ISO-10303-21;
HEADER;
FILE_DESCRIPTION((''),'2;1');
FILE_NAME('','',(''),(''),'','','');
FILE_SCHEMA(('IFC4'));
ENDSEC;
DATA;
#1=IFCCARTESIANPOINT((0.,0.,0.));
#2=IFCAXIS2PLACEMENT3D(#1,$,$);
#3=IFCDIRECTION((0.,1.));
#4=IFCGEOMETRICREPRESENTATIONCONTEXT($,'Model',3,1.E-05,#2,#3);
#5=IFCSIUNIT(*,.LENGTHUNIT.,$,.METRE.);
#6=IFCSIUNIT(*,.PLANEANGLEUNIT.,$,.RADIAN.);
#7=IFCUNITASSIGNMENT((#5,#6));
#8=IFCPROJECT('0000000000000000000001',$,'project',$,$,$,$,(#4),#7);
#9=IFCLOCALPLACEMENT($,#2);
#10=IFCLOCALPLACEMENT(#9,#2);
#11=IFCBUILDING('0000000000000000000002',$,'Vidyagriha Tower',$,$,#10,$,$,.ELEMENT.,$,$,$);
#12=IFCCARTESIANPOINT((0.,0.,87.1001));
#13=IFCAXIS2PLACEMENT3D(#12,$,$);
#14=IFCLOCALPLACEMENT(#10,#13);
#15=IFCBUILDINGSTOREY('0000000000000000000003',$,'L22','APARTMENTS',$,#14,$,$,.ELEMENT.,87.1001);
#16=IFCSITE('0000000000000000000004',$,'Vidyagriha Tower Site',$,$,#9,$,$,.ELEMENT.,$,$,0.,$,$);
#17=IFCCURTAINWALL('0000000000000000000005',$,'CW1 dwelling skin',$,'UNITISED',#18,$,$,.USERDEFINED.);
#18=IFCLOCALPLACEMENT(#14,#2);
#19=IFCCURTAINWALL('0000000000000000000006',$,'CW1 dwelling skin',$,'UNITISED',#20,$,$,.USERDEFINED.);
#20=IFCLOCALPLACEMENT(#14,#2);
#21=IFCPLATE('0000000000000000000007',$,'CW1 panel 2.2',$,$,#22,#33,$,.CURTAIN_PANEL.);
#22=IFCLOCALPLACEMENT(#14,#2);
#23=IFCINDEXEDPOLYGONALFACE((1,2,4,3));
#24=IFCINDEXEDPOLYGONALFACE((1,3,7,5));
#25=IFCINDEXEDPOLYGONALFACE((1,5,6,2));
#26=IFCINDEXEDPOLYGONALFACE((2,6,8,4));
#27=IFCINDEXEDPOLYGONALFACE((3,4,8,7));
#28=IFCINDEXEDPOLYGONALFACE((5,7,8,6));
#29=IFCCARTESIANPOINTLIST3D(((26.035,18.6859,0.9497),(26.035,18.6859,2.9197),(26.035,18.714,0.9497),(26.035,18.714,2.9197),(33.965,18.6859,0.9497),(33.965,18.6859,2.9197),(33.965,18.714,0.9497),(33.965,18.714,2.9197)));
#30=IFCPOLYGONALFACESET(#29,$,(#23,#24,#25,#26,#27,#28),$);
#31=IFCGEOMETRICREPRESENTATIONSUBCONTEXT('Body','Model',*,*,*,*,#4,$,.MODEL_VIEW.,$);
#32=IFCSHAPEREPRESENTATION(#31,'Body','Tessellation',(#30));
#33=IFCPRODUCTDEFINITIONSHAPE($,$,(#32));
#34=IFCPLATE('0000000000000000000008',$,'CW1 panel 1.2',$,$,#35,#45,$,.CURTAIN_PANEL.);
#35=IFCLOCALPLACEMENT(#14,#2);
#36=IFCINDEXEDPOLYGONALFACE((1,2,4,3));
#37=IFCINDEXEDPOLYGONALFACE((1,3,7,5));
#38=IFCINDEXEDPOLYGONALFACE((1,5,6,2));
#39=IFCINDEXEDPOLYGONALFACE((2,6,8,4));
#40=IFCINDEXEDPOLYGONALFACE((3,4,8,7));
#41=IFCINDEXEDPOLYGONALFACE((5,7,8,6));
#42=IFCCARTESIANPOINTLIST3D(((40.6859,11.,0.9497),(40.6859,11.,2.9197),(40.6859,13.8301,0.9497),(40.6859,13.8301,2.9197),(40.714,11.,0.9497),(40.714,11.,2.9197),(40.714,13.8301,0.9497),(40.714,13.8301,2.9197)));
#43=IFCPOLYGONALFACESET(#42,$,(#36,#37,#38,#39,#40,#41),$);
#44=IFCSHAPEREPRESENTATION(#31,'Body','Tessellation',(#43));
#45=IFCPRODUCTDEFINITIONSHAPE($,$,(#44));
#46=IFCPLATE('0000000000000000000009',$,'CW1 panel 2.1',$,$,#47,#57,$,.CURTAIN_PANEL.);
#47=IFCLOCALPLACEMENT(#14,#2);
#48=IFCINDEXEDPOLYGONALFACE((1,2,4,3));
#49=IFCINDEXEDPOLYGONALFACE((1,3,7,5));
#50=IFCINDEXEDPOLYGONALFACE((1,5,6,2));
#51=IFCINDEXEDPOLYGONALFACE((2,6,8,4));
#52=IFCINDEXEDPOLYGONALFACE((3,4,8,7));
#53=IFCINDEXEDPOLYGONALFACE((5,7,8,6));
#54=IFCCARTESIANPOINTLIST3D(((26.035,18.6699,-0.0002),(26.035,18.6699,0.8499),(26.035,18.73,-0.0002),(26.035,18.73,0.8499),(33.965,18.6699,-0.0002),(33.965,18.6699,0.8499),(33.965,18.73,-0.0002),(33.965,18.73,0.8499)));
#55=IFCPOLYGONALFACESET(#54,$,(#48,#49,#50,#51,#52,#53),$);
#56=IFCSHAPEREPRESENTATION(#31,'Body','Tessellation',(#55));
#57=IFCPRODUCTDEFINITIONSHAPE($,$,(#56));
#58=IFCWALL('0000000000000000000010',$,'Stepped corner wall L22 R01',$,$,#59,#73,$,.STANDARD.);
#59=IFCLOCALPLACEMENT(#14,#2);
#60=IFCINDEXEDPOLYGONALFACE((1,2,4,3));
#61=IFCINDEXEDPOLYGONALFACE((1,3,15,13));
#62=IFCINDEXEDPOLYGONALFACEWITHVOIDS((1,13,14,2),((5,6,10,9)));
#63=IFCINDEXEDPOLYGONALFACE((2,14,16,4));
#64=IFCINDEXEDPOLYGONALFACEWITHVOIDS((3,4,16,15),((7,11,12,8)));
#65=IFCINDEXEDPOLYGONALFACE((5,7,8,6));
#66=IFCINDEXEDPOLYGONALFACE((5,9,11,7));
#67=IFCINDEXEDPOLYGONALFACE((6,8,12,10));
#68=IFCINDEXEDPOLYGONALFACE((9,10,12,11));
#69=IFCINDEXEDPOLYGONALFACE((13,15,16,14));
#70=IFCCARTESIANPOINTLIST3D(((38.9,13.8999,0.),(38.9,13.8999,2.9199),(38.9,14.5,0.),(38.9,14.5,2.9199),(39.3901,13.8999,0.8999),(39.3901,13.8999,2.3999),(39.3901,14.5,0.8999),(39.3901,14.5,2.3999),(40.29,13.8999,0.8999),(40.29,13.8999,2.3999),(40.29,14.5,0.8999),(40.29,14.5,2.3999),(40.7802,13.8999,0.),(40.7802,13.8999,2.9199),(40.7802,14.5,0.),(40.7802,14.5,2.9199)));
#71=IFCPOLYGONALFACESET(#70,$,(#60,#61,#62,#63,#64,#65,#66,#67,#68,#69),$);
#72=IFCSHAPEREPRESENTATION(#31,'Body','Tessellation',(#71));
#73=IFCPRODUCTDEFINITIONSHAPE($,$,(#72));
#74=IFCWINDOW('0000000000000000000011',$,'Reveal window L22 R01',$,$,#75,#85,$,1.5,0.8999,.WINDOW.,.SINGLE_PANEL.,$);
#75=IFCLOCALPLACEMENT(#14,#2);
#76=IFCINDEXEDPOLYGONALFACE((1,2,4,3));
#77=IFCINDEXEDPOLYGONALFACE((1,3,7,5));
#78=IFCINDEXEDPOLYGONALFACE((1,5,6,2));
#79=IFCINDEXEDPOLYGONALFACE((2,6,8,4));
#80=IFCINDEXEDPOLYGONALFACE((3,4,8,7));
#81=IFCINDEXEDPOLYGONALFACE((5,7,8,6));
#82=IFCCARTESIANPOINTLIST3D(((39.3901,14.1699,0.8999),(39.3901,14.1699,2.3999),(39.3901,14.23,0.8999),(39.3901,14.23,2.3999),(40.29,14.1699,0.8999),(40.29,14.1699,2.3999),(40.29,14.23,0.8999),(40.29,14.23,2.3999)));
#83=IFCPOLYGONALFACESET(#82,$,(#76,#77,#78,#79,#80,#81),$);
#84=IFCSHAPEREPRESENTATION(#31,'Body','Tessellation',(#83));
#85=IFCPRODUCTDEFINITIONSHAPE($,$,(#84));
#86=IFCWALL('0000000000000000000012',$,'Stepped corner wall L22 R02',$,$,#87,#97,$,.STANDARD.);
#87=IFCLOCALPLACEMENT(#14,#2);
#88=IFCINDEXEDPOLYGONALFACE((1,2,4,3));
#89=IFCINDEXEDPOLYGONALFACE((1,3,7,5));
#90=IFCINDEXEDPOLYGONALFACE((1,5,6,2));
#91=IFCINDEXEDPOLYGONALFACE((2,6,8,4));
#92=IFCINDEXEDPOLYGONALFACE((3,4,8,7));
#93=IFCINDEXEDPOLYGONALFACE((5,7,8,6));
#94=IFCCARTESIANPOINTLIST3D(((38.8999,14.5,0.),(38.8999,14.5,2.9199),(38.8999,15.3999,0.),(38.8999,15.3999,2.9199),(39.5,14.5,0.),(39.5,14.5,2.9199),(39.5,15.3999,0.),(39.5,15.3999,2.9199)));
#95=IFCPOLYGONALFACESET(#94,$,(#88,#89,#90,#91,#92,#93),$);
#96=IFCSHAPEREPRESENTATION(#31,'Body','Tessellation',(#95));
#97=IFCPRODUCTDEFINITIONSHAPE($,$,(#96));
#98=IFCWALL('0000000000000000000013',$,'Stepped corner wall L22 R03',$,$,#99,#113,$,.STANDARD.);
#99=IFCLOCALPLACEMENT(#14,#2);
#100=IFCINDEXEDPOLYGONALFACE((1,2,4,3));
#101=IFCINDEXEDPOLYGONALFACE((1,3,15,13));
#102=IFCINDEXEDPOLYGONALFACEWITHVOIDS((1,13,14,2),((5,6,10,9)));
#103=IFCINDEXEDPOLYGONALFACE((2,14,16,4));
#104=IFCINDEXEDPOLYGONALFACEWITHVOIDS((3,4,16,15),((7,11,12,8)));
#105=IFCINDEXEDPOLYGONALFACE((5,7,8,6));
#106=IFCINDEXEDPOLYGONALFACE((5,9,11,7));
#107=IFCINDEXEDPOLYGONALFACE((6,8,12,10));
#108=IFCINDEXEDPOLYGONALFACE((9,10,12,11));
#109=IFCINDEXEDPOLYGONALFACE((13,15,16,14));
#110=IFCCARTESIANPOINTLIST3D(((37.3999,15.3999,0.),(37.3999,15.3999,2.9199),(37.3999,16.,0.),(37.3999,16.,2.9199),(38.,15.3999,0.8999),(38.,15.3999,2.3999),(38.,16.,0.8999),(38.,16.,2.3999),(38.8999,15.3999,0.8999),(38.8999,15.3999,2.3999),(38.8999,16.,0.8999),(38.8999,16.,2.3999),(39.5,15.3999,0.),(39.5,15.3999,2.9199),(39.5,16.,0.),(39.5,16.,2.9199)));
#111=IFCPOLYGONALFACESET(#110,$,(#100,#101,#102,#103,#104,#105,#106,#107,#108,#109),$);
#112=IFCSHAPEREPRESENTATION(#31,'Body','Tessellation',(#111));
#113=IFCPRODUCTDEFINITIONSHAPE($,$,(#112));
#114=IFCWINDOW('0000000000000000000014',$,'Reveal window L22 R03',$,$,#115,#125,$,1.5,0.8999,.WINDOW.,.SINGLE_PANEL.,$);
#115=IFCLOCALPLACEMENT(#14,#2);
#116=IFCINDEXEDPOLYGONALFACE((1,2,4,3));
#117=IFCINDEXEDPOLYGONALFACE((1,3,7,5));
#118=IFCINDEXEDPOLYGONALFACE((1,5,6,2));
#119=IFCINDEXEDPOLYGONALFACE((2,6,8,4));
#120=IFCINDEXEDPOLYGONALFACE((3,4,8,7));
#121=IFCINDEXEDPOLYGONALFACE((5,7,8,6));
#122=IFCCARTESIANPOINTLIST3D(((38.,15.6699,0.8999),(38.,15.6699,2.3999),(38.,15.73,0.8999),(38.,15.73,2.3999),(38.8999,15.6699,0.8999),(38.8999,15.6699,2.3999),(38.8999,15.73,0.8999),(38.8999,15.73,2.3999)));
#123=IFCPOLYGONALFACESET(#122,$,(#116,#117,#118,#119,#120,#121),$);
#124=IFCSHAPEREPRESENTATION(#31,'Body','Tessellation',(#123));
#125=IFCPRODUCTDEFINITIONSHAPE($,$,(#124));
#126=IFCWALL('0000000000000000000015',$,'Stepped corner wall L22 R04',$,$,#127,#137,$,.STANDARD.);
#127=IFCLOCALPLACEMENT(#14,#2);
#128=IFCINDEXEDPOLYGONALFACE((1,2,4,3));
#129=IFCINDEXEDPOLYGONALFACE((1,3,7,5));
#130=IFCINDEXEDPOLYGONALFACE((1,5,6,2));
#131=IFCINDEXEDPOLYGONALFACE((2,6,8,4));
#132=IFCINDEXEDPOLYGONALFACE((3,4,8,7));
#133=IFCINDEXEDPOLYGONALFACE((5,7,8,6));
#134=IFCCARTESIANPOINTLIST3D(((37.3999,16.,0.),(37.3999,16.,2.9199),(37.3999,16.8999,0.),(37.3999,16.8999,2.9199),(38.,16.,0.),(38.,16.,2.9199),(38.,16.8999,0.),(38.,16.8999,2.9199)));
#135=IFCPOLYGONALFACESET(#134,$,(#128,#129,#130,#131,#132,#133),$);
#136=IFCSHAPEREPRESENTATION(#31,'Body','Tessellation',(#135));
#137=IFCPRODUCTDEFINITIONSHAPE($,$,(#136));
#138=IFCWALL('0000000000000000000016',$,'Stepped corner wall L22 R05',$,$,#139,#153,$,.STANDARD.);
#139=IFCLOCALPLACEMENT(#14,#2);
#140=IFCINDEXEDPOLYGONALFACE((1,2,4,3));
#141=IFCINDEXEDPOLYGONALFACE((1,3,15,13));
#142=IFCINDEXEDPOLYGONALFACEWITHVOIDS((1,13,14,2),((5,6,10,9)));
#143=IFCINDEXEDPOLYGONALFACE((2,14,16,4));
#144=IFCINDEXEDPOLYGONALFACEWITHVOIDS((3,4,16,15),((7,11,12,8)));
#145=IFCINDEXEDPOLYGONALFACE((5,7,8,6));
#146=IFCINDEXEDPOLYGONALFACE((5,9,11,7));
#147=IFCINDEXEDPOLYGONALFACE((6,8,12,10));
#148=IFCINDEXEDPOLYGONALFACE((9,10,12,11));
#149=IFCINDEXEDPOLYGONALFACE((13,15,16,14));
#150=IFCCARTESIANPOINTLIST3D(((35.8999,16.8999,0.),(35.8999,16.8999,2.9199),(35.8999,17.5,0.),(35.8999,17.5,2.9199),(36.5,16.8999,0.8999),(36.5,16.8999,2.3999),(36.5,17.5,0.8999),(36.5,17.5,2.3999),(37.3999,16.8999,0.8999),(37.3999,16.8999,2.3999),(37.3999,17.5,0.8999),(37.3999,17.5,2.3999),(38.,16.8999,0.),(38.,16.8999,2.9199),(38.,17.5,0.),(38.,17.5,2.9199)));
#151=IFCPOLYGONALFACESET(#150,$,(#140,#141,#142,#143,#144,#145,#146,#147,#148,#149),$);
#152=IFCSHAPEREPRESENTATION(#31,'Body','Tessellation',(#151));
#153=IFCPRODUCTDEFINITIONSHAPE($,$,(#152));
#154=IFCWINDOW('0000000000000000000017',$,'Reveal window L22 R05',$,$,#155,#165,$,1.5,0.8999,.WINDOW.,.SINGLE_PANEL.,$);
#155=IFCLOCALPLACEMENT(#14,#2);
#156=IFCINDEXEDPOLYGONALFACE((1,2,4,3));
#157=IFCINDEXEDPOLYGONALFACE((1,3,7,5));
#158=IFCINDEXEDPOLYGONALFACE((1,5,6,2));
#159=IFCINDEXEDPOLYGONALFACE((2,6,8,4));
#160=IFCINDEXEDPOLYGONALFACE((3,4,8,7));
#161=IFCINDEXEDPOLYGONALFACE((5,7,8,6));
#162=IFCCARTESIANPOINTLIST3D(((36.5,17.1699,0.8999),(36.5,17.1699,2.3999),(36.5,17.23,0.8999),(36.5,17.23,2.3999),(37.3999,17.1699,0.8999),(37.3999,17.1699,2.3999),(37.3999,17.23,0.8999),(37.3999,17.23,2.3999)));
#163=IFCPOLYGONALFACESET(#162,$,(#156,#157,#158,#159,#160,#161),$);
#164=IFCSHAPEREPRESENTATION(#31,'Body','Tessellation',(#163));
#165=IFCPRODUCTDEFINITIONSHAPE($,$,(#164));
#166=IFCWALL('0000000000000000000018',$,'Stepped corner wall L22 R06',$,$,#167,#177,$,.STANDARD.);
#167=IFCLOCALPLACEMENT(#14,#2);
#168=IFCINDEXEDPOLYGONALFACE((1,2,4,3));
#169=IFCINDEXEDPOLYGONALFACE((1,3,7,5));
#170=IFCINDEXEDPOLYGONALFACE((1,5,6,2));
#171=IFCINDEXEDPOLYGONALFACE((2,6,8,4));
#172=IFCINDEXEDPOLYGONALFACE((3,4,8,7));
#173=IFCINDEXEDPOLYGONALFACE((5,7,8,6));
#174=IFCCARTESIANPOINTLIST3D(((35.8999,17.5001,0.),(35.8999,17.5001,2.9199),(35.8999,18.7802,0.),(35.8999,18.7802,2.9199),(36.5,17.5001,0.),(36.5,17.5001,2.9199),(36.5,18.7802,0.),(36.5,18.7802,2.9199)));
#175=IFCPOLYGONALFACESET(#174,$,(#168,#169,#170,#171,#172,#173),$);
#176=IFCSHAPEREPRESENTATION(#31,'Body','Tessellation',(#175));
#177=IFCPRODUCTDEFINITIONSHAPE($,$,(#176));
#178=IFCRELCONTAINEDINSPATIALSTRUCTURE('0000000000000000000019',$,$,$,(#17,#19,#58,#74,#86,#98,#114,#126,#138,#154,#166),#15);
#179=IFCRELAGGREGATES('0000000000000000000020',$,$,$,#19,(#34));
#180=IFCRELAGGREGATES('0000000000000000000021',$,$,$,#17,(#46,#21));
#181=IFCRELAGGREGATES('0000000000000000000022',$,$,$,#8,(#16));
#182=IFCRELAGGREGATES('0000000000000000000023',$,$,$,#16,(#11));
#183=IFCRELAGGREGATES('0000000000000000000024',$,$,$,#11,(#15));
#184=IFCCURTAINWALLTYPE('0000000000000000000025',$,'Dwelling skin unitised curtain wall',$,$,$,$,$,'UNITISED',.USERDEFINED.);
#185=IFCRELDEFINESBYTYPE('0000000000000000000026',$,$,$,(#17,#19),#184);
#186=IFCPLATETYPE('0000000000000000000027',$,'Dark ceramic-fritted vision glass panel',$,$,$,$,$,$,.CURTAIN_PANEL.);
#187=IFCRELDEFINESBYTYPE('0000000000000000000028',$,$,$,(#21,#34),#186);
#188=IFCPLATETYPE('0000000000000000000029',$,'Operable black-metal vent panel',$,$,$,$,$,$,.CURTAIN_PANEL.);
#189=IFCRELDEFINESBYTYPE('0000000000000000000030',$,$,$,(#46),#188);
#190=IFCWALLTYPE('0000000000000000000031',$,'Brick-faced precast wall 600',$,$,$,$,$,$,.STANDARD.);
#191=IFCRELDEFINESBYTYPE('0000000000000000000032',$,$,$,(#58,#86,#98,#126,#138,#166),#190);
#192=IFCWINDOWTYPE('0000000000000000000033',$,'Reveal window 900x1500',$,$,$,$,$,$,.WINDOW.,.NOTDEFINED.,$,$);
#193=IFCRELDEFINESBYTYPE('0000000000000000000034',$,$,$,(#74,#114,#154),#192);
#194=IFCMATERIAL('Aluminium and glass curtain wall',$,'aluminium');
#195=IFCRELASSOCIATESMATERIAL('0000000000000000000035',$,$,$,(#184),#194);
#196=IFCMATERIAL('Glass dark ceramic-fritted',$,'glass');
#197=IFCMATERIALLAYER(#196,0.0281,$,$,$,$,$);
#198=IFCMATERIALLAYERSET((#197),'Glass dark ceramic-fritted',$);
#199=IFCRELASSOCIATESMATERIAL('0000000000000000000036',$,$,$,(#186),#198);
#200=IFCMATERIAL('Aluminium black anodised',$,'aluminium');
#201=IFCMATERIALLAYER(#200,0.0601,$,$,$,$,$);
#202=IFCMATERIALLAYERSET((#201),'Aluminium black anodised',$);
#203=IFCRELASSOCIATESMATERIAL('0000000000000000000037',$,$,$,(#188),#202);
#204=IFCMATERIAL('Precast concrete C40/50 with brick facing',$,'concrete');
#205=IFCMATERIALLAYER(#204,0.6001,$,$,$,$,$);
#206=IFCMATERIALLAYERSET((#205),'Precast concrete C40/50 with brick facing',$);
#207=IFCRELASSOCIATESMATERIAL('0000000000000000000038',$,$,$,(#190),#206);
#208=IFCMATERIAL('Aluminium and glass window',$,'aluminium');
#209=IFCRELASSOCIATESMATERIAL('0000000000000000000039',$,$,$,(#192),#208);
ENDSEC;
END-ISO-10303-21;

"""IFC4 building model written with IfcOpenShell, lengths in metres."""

from ifc_helpers import new_model, si_unit, direction, frame, frame_2d, origin, origin_2d, place, context, subcontext, project, spatial, rectangle, extrude, material, layer, layer_set, type_object, element, fill, aggregate, save


model = new_model("IFC4")

# Units and contexts
model_context = context("Model", 3, precision=1e-05, world=origin(), true_north=direction((0.0, 1.0)))
body_context = subcontext(model_context, "Body", "Model", "MODEL_VIEW")
ifc_project = project(units=[si_unit("LENGTHUNIT", "METRE"), si_unit("PLANEANGLEUNIT", "RADIAN")], contexts=[model_context])

# Site, building, storey
site_placement = place(None, origin())
site = spatial("IfcSite", under=ifc_project, at=site_placement, Name="Vidyagriha Tower Site", CompositionType="ELEMENT", RefElevation=0.0)
building_placement = place(site_placement, origin())
building = spatial("IfcBuilding", under=site, at=building_placement, Name="Vidyagriha Tower", CompositionType="ELEMENT")
storey_placement = place(building_placement, frame((0.0, 0.0, 87.1001)))
storey = spatial("IfcBuildingStorey", under=building, at=storey_placement, Name="L22", Description="APARTMENTS", CompositionType="ELEMENT", Elevation=87.1001)

# Curtain wall
ifc_material_1 = material(Name="Aluminium and glass curtain wall", Category="aluminium")
curtain_wall_type = type_object("IfcCurtainWallType", Name="Dwelling skin unitised curtain wall", ElementType="UNITISED", PredefinedType="USERDEFINED", material=ifc_material_1)
curtain_wall_1_placement = place(storey_placement, origin())
curtain_wall_1 = element("IfcCurtainWall", 1, at=curtain_wall_1_placement, inside=storey, type_object=curtain_wall_type, Name="CW1 dwelling skin", ObjectType="UNITISED", PredefinedType="USERDEFINED")

# Curtain wall
curtain_wall_2_placement = place(storey_placement, origin())
curtain_wall_2 = element("IfcCurtainWall", 2, at=curtain_wall_2_placement, inside=storey, type_object=curtain_wall_type, Name="CW1 dwelling skin", ObjectType="UNITISED", PredefinedType="USERDEFINED")

# Plates
ifc_material_2 = material(Name="Glass dark ceramic-fritted", Category="glass")
ifc_layer_1 = layer(ifc_material_2, 0.0281)
ifc_layer_set_1 = layer_set([ifc_layer_1], Name="Glass dark ceramic-fritted")
plate_type_1 = type_object("IfcPlateType", Name="Dark ceramic-fritted vision glass panel", PredefinedType="CURTAIN_PANEL", material=ifc_layer_set_1)
plate_1_placement = place(storey_placement, frame((30.0, 18.7, 0.9497), z_axis=(0.0, 0.0, 1.0), x_axis=(-1.0, 0.0, 0.0)))
plate_1 = element("IfcPlate", 3, at=plate_1_placement, type_object=plate_type_1, Name="CW1 panel 2.2", PredefinedType="CURTAIN_PANEL", context=body_context, shape_type="SweptSolid", body=[
    extrude(rectangle(XDim=7.9299, YDim=0.0281, at=origin_2d()), origin(), (0.0, 0.0, 1.0), 1.97),
])
plate_2_placement = place(storey_placement, frame((40.7, 12.415, 0.9497), z_axis=(0.0, 0.0, 1.0), x_axis=(0.0, 1.0, 0.0)))
plate_2 = element("IfcPlate", 4, at=plate_2_placement, type_object=plate_type_1, Name="CW1 panel 1.2", PredefinedType="CURTAIN_PANEL", context=body_context, shape_type="SweptSolid", body=[
    extrude(rectangle(XDim=2.8301, YDim=0.0281, at=origin_2d()), origin(), (0.0, 0.0, 1.0), 1.97),
])
aggregate(curtain_wall_2, [plate_2])
ifc_material_3 = material(Name="Aluminium black anodised", Category="aluminium")
ifc_layer_2 = layer(ifc_material_3, 0.0601)
ifc_layer_set_2 = layer_set([ifc_layer_2], Name="Aluminium black anodised")
plate_type_2 = type_object("IfcPlateType", Name="Operable black-metal vent panel", PredefinedType="CURTAIN_PANEL", material=ifc_layer_set_2)
plate_3_placement = place(storey_placement, frame((30.0, 18.7, -0.0002), z_axis=(0.0, 0.0, 1.0), x_axis=(-1.0, 0.0, 0.0)))
plate_3 = element("IfcPlate", 5, at=plate_3_placement, type_object=plate_type_2, Name="CW1 panel 2.1", PredefinedType="CURTAIN_PANEL", context=body_context, shape_type="SweptSolid", body=[
    extrude(rectangle(XDim=7.9299, YDim=0.0601, at=origin_2d()), origin(), (0.0, 0.0, 1.0), 0.8501),
])
aggregate(curtain_wall_1, [plate_3, plate_1])

# Wall, opening, window
ifc_material_4 = material(Name="Precast concrete C40/50 with brick facing", Category="concrete")
ifc_layer_3 = layer(ifc_material_4, 0.6001)
ifc_layer_set_3 = layer_set([ifc_layer_3], Name="Precast concrete C40/50 with brick facing")
wall_type_1 = type_object("IfcWallType", Name="Brick-faced precast wall 600", PredefinedType="STANDARD", material=ifc_layer_set_3)
wall_1_placement = place(storey_placement, frame((40.78, 14.2, 0.0), z_axis=(0.0, 0.0, 1.0), x_axis=(-1.0, 0.0, 0.0)))
wall_1 = element("IfcWall", 6, at=wall_1_placement, inside=storey, type_object=wall_type_1, Name="Stepped corner wall L22 R01", PredefinedType="STANDARD", context=body_context, shape_type="SweptSolid", body=[
    extrude(rectangle(XDim=1.8801, YDim=0.6001, at=frame_2d((0.9399, 0.0))), origin(), (0.0, 0.0, 1.0), 2.9199),
])
opening_1_placement = place(wall_1_placement, frame((0.49, 0.0, 0.8999)))
opening_1 = element("IfcOpeningElement", 7, at=opening_1_placement, cuts=wall_1, PredefinedType="OPENING", context=body_context, shape_type="SweptSolid", body=[
    extrude(rectangle(XDim=0.8999, YDim=1.5, at=frame_2d((0.45, 0.75))), frame((0.0, 0.3101, 0.0), z_axis=(0.0, -1.0, 0.0), x_axis=(1.0, 0.0, 0.0)), (0.0, 0.0, 1.0), 0.6201),
])
ifc_material_5 = material(Name="Aluminium and glass window", Category="aluminium")
window_type = type_object("IfcWindowType", Name="Reveal window 900x1500", PartitioningType="NOTDEFINED", PredefinedType="WINDOW", material=ifc_material_5)
window_1_placement = place(opening_1_placement, origin())
window_1 = element("IfcWindow", 8, at=window_1_placement, inside=storey, type_object=window_type, Name="Reveal window L22 R01", OverallHeight=1.5, OverallWidth=0.8999, PartitioningType="SINGLE_PANEL", PredefinedType="WINDOW", context=body_context, shape_type="SweptSolid", body=[
    extrude(rectangle(XDim=0.8999, YDim=1.5, at=frame_2d((0.45, 0.75))), frame((0.0, 0.03, 0.0), z_axis=(0.0, -1.0, 0.0), x_axis=(1.0, 0.0, 0.0)), (0.0, 0.0, 1.0), 0.0601),
])
fill(opening_1, window_1)

# Wall
wall_2_placement = place(storey_placement, frame((39.2, 14.5, 0.0), z_axis=(0.0, 0.0, 1.0), x_axis=(0.0, 1.0, 0.0)))
element("IfcWall", 9, at=wall_2_placement, inside=storey, type_object=wall_type_1, Name="Stepped corner wall L22 R02", PredefinedType="STANDARD", context=body_context, shape_type="SweptSolid", body=[
    extrude(rectangle(XDim=0.8999, YDim=0.6001, at=frame_2d((0.45, 0.0))), origin(), (0.0, 0.0, 1.0), 2.9199),
])

# Wall, opening, window
wall_3_placement = place(storey_placement, frame((39.5, 15.7, 0.0), z_axis=(0.0, 0.0, 1.0), x_axis=(-1.0, 0.0, 0.0)))
wall_3 = element("IfcWall", 10, at=wall_3_placement, inside=storey, type_object=wall_type_1, Name="Stepped corner wall L22 R03", PredefinedType="STANDARD", context=body_context, shape_type="SweptSolid", body=[
    extrude(rectangle(XDim=2.1001, YDim=0.6001, at=frame_2d((1.05, 0.0))), origin(), (0.0, 0.0, 1.0), 2.9199),
])
opening_2_placement = place(wall_3_placement, frame((0.6001, 0.0, 0.8999)))
opening_2 = element("IfcOpeningElement", 11, at=opening_2_placement, cuts=wall_3, PredefinedType="OPENING", context=body_context, shape_type="SweptSolid", body=[
    extrude(rectangle(XDim=0.8999, YDim=1.5, at=frame_2d((0.45, 0.75))), frame((0.0, 0.3101, 0.0), z_axis=(0.0, -1.0, 0.0), x_axis=(1.0, 0.0, 0.0)), (0.0, 0.0, 1.0), 0.6201),
])
window_2_placement = place(opening_2_placement, origin())
window_2 = element("IfcWindow", 12, at=window_2_placement, inside=storey, type_object=window_type, Name="Reveal window L22 R03", OverallHeight=1.5, OverallWidth=0.8999, PartitioningType="SINGLE_PANEL", PredefinedType="WINDOW", context=body_context, shape_type="SweptSolid", body=[
    extrude(rectangle(XDim=0.8999, YDim=1.5, at=frame_2d((0.45, 0.75))), frame((0.0, 0.03, 0.0), z_axis=(0.0, -1.0, 0.0), x_axis=(1.0, 0.0, 0.0)), (0.0, 0.0, 1.0), 0.0601),
])
fill(opening_2, window_2)

# Wall
wall_4_placement = place(storey_placement, frame((37.7, 16.0, 0.0), z_axis=(0.0, 0.0, 1.0), x_axis=(0.0, 1.0, 0.0)))
element("IfcWall", 13, at=wall_4_placement, inside=storey, type_object=wall_type_1, Name="Stepped corner wall L22 R04", PredefinedType="STANDARD", context=body_context, shape_type="SweptSolid", body=[
    extrude(rectangle(XDim=0.8999, YDim=0.6001, at=frame_2d((0.45, 0.0))), origin(), (0.0, 0.0, 1.0), 2.9199),
])

# Wall, opening, window
wall_5_placement = place(storey_placement, frame((38.0, 17.2, 0.0), z_axis=(0.0, 0.0, 1.0), x_axis=(-1.0, 0.0, 0.0)))
wall_5 = element("IfcWall", 14, at=wall_5_placement, inside=storey, type_object=wall_type_1, Name="Stepped corner wall L22 R05", PredefinedType="STANDARD", context=body_context, shape_type="SweptSolid", body=[
    extrude(rectangle(XDim=2.1001, YDim=0.6001, at=frame_2d((1.05, 0.0))), origin(), (0.0, 0.0, 1.0), 2.9199),
])
opening_3_placement = place(wall_5_placement, frame((0.6001, 0.0, 0.8999)))
opening_3 = element("IfcOpeningElement", 15, at=opening_3_placement, cuts=wall_5, PredefinedType="OPENING", context=body_context, shape_type="SweptSolid", body=[
    extrude(rectangle(XDim=0.8999, YDim=1.5, at=frame_2d((0.45, 0.75))), frame((0.0, 0.3101, 0.0), z_axis=(0.0, -1.0, 0.0), x_axis=(1.0, 0.0, 0.0)), (0.0, 0.0, 1.0), 0.6201),
])
window_3_placement = place(opening_3_placement, origin())
window_3 = element("IfcWindow", 16, at=window_3_placement, inside=storey, type_object=window_type, Name="Reveal window L22 R05", OverallHeight=1.5, OverallWidth=0.8999, PartitioningType="SINGLE_PANEL", PredefinedType="WINDOW", context=body_context, shape_type="SweptSolid", body=[
    extrude(rectangle(XDim=0.8999, YDim=1.5, at=frame_2d((0.45, 0.75))), frame((0.0, 0.03, 0.0), z_axis=(0.0, -1.0, 0.0), x_axis=(1.0, 0.0, 0.0)), (0.0, 0.0, 1.0), 0.0601),
])
fill(opening_3, window_3)

# Wall
wall_6_placement = place(storey_placement, frame((36.2, 17.5, 0.0), z_axis=(0.0, 0.0, 1.0), x_axis=(0.0, 1.0, 0.0)))
element("IfcWall", 17, at=wall_6_placement, inside=storey, type_object=wall_type_1, Name="Stepped corner wall L22 R06", PredefinedType="STANDARD", context=body_context, shape_type="SweptSolid", body=[
    extrude(rectangle(XDim=1.28, YDim=0.6001, at=frame_2d((0.6401, 0.0))), origin(), (0.0, 0.0, 1.0), 2.9199),
])

save(model, "model.ifc")
